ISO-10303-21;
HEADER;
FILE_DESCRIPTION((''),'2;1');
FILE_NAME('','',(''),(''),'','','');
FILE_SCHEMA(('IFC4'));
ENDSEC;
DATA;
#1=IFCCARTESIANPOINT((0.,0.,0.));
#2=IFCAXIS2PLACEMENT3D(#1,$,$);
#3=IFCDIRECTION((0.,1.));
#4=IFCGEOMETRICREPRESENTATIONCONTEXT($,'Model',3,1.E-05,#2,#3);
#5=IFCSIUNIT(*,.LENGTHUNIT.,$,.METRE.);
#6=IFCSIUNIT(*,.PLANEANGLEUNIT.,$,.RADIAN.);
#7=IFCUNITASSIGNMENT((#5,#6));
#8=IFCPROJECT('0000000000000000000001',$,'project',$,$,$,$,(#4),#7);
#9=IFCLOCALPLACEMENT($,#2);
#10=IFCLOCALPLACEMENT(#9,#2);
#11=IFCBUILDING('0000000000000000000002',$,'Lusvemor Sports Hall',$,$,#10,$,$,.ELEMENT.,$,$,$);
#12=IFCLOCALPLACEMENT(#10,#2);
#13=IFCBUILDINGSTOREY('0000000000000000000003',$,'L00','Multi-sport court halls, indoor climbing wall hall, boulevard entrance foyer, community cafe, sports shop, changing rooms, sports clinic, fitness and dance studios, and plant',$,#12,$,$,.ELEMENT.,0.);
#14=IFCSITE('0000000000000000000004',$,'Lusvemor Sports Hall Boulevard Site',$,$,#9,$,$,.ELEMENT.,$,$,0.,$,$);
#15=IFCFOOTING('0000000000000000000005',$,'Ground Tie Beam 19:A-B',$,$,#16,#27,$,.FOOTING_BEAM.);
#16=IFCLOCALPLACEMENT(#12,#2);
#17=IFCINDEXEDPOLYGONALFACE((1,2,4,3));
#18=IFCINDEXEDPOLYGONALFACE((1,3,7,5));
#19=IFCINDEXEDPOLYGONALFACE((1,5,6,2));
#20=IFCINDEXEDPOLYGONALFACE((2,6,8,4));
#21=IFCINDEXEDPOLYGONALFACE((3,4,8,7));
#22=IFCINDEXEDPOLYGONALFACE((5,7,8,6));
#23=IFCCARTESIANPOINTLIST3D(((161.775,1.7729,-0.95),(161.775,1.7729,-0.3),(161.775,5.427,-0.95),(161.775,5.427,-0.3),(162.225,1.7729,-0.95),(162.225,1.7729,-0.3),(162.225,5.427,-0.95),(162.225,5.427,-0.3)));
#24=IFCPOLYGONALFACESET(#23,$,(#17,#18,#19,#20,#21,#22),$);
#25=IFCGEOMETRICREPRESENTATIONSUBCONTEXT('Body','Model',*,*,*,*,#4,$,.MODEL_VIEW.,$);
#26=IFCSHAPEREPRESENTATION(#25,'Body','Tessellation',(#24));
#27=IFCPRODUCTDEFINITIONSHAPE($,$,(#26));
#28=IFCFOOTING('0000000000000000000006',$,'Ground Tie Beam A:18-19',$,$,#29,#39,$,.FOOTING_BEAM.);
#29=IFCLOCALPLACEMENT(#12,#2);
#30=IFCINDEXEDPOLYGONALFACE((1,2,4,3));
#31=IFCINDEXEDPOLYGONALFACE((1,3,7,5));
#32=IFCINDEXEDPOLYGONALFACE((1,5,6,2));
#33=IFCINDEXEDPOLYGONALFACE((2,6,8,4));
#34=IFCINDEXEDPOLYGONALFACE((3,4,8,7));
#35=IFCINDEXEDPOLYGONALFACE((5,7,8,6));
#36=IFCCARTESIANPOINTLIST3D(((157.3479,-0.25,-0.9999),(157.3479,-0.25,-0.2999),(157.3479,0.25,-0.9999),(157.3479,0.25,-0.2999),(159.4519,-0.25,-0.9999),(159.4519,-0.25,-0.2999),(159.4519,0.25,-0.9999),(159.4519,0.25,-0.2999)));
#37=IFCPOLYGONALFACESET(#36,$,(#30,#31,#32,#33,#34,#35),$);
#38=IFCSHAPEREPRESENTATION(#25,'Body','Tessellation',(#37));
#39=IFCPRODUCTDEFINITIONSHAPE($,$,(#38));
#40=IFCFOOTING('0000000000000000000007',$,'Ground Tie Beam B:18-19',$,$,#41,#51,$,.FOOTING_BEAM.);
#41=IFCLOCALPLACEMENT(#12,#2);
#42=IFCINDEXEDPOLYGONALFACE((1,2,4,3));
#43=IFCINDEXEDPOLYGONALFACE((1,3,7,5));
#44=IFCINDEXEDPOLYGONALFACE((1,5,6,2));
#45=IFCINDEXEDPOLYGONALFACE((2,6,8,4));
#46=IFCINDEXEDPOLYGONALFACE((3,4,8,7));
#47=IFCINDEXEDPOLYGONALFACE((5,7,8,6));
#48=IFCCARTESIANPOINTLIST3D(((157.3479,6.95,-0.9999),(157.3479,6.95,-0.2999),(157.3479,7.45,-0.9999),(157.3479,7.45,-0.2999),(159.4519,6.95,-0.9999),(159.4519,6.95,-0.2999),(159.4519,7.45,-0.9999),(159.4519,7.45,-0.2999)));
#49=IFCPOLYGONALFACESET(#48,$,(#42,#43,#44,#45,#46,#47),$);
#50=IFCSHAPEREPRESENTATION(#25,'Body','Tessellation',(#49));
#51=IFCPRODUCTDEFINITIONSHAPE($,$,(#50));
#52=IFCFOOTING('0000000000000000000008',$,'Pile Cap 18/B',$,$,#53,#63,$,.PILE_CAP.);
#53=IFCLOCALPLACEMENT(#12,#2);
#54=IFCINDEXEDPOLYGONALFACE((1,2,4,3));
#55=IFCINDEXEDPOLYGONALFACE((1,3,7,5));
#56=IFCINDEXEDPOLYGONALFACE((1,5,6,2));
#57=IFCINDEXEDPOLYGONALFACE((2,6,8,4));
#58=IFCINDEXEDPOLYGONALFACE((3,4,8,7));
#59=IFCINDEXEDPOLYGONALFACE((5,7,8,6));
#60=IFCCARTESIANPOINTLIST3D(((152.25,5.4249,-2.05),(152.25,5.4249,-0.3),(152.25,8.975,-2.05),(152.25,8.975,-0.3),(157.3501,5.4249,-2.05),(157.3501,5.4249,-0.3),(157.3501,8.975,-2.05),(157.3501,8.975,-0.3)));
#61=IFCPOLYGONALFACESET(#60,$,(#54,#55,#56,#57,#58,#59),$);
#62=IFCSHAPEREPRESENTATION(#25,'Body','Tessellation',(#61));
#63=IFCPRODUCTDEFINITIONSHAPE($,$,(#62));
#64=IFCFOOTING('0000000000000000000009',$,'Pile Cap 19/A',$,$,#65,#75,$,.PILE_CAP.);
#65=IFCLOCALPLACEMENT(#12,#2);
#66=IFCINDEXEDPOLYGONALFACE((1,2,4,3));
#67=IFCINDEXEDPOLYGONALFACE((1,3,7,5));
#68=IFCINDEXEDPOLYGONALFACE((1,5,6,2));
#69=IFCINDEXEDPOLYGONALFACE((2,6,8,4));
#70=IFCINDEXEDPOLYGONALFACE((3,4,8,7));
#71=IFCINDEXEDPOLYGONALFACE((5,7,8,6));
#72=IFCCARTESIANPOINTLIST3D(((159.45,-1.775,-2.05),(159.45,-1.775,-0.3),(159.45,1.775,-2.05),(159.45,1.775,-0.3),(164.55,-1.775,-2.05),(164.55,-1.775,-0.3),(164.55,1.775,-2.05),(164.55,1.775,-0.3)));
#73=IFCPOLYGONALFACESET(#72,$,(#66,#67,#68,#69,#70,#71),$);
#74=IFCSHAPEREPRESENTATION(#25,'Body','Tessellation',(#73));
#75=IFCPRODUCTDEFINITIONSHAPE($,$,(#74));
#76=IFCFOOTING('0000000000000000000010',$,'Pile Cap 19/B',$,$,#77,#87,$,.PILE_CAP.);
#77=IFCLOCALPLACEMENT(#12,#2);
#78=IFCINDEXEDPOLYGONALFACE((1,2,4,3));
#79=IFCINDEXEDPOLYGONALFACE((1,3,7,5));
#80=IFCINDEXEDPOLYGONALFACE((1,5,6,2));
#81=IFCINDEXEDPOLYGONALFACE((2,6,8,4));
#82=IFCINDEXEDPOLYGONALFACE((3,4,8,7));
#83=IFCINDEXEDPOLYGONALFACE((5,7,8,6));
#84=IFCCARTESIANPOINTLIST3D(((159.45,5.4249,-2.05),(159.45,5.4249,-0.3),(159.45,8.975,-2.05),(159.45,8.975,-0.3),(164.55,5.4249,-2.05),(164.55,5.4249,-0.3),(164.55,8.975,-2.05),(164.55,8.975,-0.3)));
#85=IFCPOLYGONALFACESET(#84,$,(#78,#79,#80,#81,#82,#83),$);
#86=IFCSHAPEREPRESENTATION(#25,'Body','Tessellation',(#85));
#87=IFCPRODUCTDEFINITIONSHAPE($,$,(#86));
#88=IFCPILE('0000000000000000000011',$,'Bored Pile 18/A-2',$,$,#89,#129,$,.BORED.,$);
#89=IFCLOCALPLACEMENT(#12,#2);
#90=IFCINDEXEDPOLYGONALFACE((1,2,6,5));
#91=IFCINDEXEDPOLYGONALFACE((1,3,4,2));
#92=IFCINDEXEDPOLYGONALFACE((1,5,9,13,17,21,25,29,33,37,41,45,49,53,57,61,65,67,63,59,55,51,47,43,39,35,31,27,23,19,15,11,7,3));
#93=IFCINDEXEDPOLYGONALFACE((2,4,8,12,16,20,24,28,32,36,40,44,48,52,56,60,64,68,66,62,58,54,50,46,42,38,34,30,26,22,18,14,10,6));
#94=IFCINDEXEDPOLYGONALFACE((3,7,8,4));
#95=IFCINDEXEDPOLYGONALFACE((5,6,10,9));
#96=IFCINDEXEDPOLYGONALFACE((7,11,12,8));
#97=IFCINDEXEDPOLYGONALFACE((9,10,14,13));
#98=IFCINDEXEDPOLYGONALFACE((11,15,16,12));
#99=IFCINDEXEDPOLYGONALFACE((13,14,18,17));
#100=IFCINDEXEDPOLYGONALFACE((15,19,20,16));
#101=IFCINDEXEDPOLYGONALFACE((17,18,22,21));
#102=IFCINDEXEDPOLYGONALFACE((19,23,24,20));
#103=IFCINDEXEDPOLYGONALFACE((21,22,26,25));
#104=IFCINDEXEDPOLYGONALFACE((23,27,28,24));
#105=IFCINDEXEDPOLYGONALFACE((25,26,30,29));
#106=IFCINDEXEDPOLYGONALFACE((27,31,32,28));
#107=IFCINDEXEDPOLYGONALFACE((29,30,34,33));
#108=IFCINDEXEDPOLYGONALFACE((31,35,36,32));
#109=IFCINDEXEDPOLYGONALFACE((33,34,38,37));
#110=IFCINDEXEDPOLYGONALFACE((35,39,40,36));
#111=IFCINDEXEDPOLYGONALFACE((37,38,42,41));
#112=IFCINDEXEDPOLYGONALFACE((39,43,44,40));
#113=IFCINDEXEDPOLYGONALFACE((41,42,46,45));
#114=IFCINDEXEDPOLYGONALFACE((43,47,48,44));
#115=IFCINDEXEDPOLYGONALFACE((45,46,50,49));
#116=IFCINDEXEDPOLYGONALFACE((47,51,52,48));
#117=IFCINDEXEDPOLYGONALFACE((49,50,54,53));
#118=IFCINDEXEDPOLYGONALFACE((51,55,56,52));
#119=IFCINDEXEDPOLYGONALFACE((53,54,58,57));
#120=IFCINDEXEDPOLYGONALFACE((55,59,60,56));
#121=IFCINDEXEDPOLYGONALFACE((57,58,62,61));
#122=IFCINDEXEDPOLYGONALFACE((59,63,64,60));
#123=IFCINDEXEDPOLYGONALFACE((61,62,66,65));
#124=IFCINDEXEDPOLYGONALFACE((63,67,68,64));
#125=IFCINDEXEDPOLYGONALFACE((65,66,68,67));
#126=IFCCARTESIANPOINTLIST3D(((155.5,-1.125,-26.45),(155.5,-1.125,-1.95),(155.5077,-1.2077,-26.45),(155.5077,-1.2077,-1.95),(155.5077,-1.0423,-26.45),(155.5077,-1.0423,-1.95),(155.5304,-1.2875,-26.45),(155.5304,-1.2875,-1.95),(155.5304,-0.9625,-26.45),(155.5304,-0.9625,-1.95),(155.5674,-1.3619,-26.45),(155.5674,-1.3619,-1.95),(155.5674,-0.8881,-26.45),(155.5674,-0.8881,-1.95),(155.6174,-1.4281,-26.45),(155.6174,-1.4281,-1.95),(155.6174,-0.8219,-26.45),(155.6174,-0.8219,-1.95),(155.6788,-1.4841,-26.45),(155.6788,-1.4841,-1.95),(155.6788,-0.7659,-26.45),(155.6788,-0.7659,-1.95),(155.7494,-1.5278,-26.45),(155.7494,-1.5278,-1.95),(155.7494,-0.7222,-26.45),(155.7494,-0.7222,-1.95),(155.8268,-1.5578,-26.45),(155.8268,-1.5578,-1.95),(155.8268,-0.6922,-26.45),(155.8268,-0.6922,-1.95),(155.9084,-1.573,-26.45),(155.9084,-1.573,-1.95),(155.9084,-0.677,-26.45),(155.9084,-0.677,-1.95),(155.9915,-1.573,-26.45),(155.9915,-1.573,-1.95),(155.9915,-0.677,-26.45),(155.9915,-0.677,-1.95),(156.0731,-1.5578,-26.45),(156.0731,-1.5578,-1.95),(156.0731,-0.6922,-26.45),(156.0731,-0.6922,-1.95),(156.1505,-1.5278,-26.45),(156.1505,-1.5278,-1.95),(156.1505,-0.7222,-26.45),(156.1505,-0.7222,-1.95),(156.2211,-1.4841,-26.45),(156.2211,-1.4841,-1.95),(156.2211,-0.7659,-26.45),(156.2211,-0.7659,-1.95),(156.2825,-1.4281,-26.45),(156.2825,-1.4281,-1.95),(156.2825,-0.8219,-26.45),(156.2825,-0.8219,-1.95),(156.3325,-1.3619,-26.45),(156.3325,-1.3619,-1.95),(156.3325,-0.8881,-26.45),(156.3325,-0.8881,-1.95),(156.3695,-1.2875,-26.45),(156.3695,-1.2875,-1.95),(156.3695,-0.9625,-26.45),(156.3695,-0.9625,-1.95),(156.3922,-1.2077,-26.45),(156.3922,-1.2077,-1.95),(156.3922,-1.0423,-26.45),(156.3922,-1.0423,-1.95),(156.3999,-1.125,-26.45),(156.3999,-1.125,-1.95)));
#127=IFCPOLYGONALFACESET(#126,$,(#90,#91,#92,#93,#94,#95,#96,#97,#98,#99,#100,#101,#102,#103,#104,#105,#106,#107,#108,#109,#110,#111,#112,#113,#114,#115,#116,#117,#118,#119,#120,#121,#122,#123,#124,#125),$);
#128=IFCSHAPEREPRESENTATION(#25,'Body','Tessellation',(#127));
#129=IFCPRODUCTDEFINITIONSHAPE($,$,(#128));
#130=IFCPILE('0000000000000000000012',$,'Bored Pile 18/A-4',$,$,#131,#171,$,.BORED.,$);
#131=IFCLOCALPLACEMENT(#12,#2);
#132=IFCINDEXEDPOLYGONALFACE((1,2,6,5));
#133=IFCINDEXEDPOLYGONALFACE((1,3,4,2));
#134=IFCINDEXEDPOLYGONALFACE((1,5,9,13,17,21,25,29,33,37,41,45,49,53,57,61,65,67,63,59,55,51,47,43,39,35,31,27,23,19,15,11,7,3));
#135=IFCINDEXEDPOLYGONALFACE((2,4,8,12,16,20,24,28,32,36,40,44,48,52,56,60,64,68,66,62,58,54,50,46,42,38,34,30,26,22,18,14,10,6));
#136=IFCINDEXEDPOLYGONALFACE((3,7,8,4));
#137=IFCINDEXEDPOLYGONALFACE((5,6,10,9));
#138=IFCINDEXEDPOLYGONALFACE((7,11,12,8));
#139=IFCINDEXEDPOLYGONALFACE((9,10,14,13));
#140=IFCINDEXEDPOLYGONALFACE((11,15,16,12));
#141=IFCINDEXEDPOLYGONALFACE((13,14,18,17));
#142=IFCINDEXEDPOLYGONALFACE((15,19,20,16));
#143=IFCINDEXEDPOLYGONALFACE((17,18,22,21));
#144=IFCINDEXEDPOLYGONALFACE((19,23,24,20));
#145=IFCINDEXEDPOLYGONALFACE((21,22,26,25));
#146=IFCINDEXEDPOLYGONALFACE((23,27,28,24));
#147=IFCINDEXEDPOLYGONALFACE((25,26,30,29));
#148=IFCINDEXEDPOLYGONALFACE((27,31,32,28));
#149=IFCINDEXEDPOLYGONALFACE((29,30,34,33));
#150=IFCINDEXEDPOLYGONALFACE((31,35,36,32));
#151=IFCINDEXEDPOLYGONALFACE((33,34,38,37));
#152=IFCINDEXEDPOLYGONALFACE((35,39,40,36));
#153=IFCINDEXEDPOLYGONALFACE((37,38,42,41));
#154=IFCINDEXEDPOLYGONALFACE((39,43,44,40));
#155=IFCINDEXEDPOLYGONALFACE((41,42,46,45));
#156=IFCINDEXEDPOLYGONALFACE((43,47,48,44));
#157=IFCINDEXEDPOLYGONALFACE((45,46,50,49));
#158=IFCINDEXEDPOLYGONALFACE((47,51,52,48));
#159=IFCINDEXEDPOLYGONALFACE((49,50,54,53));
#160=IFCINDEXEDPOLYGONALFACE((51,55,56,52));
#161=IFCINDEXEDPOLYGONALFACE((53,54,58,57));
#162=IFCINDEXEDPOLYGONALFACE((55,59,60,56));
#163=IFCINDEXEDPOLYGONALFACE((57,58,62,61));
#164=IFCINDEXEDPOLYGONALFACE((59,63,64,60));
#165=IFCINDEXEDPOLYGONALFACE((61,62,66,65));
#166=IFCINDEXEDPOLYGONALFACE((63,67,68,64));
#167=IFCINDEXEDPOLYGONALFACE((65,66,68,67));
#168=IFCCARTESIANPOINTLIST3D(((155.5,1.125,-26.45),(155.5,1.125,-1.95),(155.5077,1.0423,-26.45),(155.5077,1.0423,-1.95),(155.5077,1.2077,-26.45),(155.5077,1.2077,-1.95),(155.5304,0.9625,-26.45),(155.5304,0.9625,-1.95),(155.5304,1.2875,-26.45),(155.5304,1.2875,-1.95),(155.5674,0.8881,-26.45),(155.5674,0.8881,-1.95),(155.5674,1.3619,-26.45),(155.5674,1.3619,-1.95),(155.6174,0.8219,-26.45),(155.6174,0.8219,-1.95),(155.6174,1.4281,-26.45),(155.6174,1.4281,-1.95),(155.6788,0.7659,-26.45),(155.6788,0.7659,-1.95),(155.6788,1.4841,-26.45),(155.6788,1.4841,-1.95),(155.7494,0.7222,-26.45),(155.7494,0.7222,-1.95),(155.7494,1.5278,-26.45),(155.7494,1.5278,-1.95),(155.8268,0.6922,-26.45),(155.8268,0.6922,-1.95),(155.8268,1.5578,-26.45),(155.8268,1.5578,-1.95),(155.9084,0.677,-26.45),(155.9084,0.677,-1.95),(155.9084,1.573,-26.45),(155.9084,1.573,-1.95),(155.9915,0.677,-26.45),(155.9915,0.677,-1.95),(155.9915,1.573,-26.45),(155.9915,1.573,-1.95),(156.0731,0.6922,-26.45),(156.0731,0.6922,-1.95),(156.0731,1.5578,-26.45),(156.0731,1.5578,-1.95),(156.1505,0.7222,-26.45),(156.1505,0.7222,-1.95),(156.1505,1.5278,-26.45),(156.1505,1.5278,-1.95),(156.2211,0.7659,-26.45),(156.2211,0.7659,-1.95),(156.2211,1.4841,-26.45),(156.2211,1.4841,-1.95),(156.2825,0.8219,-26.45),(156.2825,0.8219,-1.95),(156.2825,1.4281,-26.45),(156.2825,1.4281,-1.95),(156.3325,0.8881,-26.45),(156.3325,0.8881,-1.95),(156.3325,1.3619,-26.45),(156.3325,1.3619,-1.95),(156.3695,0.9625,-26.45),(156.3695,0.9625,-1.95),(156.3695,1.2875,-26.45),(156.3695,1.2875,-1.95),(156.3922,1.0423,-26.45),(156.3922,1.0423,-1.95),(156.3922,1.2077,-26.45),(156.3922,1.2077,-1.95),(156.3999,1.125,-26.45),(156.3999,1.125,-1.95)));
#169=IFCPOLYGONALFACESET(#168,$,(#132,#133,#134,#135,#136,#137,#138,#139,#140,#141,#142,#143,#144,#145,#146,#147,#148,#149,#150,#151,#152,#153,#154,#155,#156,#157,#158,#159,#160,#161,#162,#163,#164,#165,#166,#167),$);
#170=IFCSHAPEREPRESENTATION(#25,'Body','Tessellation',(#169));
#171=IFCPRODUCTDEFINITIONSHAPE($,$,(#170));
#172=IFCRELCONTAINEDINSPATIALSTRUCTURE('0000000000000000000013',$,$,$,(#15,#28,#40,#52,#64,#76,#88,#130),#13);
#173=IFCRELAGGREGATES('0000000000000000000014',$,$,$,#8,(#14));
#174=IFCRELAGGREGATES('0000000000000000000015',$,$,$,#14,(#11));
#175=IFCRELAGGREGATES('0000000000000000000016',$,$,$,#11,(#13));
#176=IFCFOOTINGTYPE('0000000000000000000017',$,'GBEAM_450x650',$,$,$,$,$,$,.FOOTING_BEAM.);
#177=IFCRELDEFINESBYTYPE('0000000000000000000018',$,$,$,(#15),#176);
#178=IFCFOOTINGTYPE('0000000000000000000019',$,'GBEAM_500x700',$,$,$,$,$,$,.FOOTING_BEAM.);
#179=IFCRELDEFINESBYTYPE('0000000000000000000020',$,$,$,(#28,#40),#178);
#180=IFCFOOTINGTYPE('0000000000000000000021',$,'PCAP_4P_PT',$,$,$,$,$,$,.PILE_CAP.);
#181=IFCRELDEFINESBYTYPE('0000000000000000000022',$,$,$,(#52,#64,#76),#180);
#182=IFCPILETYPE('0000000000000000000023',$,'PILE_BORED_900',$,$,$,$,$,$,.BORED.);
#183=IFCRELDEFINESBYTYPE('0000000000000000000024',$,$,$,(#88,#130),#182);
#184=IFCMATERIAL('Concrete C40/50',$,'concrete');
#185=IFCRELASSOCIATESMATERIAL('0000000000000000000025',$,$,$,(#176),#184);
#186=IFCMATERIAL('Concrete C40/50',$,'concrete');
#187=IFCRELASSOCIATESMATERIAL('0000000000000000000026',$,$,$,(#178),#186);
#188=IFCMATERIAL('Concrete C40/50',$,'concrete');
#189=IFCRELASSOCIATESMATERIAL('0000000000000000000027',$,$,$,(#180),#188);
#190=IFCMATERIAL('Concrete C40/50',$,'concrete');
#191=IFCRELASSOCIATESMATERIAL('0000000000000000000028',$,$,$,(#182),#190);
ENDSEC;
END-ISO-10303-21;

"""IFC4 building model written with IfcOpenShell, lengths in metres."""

from ifc_helpers import new_model, si_unit, direction, frame, origin, origin_2d, place, context, subcontext, project, spatial, rectangle, circle, extrude, material, material_profile, profile_set, type_object, element, save


model = new_model("IFC4")

# Units and contexts
model_context = context("Model", 3, precision=1e-05, world=origin(), true_north=direction((0.0, 1.0)))
body_context = subcontext(model_context, "Body", "Model", "MODEL_VIEW")
ifc_project = project(units=[si_unit("LENGTHUNIT", "METRE"), si_unit("PLANEANGLEUNIT", "RADIAN")], contexts=[model_context])

# Site, building, storey
site_placement = place(None, origin())
site = spatial("IfcSite", under=ifc_project, at=site_placement, Name="Lusvemor Sports Hall Boulevard Site", CompositionType="ELEMENT", RefElevation=0.0)
building_placement = place(site_placement, origin())
building = spatial("IfcBuilding", under=site, at=building_placement, Name="Lusvemor Sports Hall", CompositionType="ELEMENT")
storey_placement = place(building_placement, origin())
storey = spatial("IfcBuildingStorey", under=building, at=storey_placement, Name="L00", Description="Multi-sport court halls, indoor climbing wall hall, boulevard entrance foyer, community cafe, sports shop, changing rooms, sports clinic, fitness and dance studios, and plant", CompositionType="ELEMENT", Elevation=0.0)

# Footings
ifc_material_1 = material(Name="Concrete C40/50", Category="concrete")
ifc_material_profile_1 = material_profile(ifc_material_1, rectangle(XDim=0.45, YDim=0.6499, at=origin_2d()), Name="GB_450x650")
ifc_profile_set_1 = profile_set([ifc_material_profile_1], Name="Concrete C40/50")
footing_type_1 = type_object("IfcFootingType", Name="GBEAM_450x650", PredefinedType="FOOTING_BEAM", material=ifc_profile_set_1)
footing_placement = place(storey_placement, frame((162.0, 1.7729, -0.625), z_axis=(0.0, 1.0, 0.0), x_axis=(-1.0, 0.0, 0.0)))
element("IfcFooting", 1, at=footing_placement, inside=storey, type_object=footing_type_1, Name="Ground Tie Beam 19:A-B", PredefinedType="FOOTING_BEAM", context=body_context, shape_type="SweptSolid", body=[
    extrude(rectangle(XDim=0.45, YDim=0.6499, at=origin_2d()), origin(), (0.0, 0.0, 1.0), 3.6541),
])
ifc_material_2 = material(Name="Concrete C40/50", Category="concrete")
ifc_material_profile_2 = material_profile(ifc_material_2, rectangle(XDim=0.5, YDim=0.7, at=origin_2d()), Name="GB_500x700")
ifc_profile_set_2 = profile_set([ifc_material_profile_2], Name="Concrete C40/50")
footing_type_2 = type_object("IfcFootingType", Name="GBEAM_500x700", PredefinedType="FOOTING_BEAM", material=ifc_profile_set_2)
for number, where, z_axis, x_axis, name in (
    (2, (157.3479, 0.0, -0.6499), (1.0, 0.0, 0.0), (0.0, 1.0, 0.0), "Ground Tie Beam A:18-19"),
    (3, (157.3479, 7.2, -0.6499), (1.0, 0.0, 0.0), (0.0, 1.0, 0.0), "Ground Tie Beam B:18-19"),
):
    element("IfcFooting", number, at=place(storey_placement, frame(where, z_axis=z_axis, x_axis=x_axis)), inside=storey, type_object=footing_type_2, Name=name, PredefinedType="FOOTING_BEAM", context=body_context, shape_type="SweptSolid", body=[
        extrude(rectangle(XDim=0.5, YDim=0.7, at=origin_2d()), origin(), (0.0, 0.0, 1.0), 2.104),
    ])
ifc_material_3 = material(Name="Concrete C40/50", Category="concrete")
footing_type_3 = type_object("IfcFootingType", Name="PCAP_4P_PT", PredefinedType="PILE_CAP", material=ifc_material_3)
for number, where, z_axis, x_axis, name in (
    (4, (154.8, 7.2, -2.05), (0.0, 0.0, 1.0), (1.0, 0.0, 0.0), "Pile Cap 18/B"),
    (5, (162.0, 0.0, -2.05), (0.0, 0.0, 1.0), (1.0, 0.0, 0.0), "Pile Cap 19/A"),
    (6, (162.0, 7.2, -2.05), (0.0, 0.0, 1.0), (1.0, 0.0, 0.0), "Pile Cap 19/B"),
):
    element("IfcFooting", number, at=place(storey_placement, frame(where, z_axis=z_axis, x_axis=x_axis)), inside=storey, type_object=footing_type_3, Name=name, PredefinedType="PILE_CAP", context=body_context, shape_type="SweptSolid", body=[
        extrude(rectangle(XDim=5.1001, YDim=3.55, at=origin_2d()), origin(), (0.0, 0.0, 1.0), 1.75),
    ])

# Piles
ifc_material_4 = material(Name="Concrete C40/50", Category="concrete")
ifc_material_profile_3 = material_profile(ifc_material_4, circle(Radius=0.45, at=origin_2d()), Name="PILE900")
ifc_profile_set_3 = profile_set([ifc_material_profile_3], Name="Concrete C40/50")
pile_type = type_object("IfcPileType", Name="PILE_BORED_900", PredefinedType="BORED", material=ifc_profile_set_3)
for number, where, z_axis, x_axis, name in (
    (7, (155.95, -1.125, -1.95), (0.0, 0.0, -1.0), (1.0, 0.0, 0.0), "Bored Pile 18/A-2"),
    (8, (155.95, 1.125, -1.95), (0.0, 0.0, -1.0), (1.0, 0.0, 0.0), "Bored Pile 18/A-4"),
):
    element("IfcPile", number, at=place(storey_placement, frame(where, z_axis=z_axis, x_axis=x_axis)), inside=storey, type_object=pile_type, Name=name, PredefinedType="BORED", context=body_context, shape_type="SweptSolid", body=[
        extrude(circle(Radius=0.45, at=origin_2d()), origin(), (0.0, 0.0, 1.0), 24.5),
    ])

save(model, "model.ifc")
